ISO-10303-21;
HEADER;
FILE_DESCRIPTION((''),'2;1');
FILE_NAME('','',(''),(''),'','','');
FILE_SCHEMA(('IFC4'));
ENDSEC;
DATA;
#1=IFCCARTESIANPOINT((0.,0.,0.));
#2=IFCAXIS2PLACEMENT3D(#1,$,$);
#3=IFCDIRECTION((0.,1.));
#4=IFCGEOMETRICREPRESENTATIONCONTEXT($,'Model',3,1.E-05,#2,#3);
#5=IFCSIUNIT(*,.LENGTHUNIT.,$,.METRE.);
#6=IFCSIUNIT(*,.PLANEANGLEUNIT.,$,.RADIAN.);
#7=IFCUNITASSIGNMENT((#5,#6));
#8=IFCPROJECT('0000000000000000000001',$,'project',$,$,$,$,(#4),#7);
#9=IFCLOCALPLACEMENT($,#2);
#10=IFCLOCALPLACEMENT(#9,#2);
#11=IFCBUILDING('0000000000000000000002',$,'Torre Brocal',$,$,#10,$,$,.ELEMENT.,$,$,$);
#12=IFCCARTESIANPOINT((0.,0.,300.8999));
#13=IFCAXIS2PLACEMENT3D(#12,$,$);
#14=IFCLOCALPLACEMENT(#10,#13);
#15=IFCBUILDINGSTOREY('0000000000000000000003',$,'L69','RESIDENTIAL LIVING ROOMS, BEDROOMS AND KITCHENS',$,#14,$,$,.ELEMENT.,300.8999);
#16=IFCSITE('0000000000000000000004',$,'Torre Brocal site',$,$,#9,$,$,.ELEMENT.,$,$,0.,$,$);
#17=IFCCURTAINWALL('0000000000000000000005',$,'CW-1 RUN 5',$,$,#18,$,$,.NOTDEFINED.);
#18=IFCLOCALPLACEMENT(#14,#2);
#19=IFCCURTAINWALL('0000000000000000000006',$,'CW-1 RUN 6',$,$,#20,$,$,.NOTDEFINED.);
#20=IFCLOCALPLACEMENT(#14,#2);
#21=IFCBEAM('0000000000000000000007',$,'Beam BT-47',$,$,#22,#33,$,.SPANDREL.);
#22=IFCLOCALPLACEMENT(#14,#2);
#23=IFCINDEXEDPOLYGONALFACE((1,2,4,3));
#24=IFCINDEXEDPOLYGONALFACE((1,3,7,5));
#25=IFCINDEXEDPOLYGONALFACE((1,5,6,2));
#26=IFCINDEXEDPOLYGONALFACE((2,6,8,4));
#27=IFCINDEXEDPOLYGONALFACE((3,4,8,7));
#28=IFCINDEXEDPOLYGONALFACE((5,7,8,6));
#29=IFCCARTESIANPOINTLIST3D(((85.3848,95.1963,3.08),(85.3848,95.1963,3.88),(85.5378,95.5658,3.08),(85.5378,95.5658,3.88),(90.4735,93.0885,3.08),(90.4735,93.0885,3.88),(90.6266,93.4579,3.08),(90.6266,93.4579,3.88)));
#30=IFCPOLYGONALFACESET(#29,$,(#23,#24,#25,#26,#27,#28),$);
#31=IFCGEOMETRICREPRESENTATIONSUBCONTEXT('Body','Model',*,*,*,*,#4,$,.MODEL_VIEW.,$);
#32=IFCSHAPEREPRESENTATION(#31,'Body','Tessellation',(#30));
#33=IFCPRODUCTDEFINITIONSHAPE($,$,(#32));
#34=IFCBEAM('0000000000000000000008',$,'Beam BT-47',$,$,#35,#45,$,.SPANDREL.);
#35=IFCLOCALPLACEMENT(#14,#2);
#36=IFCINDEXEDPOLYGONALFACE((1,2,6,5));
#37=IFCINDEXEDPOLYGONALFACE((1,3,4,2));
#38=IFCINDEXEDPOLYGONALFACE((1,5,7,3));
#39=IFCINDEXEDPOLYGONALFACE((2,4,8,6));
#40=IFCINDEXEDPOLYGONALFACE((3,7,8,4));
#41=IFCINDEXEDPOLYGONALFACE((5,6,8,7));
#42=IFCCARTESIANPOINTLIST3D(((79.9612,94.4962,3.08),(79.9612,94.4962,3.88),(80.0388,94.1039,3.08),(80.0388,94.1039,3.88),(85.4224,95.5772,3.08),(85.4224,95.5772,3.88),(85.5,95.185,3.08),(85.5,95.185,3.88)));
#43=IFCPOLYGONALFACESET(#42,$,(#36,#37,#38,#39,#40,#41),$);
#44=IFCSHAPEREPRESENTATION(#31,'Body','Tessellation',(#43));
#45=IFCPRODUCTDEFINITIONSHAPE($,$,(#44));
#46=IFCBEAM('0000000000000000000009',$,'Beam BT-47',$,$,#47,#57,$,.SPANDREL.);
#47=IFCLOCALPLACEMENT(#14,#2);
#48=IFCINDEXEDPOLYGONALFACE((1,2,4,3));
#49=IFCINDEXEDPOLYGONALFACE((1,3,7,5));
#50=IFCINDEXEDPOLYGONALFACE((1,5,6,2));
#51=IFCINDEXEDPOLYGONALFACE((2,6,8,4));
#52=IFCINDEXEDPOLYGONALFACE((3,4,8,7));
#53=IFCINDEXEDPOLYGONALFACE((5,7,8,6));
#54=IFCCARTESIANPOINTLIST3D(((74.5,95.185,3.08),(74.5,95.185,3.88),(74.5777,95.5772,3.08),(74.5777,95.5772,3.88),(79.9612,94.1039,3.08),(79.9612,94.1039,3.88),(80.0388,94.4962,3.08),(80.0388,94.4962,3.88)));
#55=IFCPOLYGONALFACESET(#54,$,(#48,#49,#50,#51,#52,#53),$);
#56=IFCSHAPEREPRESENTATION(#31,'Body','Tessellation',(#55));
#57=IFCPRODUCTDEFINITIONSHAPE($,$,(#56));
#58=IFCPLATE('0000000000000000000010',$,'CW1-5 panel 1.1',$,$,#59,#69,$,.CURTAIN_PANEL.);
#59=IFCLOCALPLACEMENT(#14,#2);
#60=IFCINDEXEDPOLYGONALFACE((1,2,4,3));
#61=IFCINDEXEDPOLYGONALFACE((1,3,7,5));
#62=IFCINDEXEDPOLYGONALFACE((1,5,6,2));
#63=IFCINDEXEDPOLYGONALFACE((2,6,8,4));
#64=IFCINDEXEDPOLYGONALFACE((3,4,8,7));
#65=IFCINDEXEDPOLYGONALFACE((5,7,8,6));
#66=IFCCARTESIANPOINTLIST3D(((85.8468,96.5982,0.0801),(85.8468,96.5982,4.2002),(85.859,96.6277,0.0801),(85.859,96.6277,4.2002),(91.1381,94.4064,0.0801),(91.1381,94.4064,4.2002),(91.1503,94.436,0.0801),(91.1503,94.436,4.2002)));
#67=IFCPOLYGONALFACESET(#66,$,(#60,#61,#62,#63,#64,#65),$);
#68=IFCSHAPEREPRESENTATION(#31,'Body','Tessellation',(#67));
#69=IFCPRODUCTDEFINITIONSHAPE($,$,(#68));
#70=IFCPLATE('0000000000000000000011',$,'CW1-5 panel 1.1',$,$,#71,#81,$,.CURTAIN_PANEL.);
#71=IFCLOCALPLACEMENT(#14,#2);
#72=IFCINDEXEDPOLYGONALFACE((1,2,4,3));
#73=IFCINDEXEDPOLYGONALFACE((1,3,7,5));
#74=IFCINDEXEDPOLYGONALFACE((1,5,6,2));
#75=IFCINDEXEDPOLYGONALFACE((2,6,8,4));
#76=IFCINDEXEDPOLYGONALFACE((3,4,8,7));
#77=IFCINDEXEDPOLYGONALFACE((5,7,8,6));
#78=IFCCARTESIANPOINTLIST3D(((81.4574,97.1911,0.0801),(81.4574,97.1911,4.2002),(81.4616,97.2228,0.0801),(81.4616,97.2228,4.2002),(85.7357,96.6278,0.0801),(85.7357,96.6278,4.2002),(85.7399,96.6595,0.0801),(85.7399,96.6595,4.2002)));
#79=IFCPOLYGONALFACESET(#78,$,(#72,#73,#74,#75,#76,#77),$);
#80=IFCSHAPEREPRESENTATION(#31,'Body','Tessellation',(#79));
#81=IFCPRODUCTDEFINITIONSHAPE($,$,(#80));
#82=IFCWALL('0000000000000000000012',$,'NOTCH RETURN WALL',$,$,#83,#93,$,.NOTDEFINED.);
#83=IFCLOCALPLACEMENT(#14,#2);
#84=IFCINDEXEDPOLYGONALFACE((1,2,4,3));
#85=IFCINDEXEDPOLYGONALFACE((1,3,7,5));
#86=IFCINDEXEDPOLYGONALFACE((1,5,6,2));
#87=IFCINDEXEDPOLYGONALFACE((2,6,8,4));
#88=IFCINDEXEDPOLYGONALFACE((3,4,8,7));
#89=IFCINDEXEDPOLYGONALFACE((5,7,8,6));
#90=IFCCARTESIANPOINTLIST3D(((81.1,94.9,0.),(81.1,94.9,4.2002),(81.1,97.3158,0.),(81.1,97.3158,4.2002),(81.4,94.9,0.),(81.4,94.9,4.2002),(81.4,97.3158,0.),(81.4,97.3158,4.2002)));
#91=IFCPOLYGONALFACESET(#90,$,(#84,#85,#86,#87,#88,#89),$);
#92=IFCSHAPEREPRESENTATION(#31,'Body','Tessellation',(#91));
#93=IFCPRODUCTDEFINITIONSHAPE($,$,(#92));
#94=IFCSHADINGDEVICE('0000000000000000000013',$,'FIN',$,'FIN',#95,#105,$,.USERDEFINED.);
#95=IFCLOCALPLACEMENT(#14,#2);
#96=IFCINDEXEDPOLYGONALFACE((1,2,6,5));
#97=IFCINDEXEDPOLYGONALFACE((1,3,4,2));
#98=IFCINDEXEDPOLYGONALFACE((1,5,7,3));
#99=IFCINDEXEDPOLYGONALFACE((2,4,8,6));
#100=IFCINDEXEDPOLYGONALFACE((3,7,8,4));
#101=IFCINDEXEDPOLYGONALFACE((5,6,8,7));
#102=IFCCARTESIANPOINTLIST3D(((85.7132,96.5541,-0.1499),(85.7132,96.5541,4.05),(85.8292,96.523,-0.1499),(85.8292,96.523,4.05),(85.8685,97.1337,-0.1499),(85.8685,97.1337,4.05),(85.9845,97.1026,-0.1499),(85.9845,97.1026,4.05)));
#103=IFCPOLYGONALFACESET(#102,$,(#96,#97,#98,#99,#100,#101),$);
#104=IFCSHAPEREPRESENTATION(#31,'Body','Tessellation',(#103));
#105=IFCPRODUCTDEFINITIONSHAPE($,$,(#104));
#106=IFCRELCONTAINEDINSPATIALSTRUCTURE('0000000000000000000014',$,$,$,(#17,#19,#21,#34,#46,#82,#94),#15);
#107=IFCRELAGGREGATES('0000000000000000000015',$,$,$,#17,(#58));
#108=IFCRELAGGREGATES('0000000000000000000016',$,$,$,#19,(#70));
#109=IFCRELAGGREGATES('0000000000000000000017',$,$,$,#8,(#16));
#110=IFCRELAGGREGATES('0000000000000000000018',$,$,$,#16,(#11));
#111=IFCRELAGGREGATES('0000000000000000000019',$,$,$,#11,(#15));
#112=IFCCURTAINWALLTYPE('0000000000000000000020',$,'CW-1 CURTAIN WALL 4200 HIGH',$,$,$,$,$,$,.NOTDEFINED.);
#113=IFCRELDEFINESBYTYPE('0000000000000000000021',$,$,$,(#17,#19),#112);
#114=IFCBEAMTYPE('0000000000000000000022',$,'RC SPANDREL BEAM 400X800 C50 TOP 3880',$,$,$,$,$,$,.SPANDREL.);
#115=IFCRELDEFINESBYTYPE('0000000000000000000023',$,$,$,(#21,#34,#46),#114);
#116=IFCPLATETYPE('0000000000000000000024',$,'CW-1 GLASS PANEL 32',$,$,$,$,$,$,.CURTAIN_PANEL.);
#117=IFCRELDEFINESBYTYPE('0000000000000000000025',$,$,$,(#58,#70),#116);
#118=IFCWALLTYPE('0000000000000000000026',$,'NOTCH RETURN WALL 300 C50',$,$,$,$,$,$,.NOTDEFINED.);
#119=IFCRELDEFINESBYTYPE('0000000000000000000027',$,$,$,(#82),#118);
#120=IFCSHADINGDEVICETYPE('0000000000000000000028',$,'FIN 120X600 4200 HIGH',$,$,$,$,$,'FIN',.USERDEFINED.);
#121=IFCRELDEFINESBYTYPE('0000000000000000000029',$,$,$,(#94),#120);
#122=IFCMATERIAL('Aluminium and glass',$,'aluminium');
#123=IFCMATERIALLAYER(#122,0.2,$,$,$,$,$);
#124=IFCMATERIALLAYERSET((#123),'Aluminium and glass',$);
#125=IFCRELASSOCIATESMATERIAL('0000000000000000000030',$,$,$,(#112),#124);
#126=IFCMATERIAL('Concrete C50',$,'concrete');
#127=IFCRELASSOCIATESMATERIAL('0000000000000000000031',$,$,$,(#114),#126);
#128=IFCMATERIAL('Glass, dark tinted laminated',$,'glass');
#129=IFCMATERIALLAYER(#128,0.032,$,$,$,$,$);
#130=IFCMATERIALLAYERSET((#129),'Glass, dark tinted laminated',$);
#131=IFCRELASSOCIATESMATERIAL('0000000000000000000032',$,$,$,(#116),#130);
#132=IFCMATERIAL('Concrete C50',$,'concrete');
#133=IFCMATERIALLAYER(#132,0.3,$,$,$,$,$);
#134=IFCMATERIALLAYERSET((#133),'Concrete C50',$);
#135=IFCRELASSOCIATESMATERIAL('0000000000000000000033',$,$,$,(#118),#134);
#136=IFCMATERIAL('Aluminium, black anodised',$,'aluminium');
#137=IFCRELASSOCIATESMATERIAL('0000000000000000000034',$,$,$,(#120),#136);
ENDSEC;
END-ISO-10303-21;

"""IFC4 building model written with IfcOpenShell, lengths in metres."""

from ifc_helpers import new_model, si_unit, direction, frame, frame_2d, origin, origin_2d, place, context, subcontext, project, spatial, rectangle, extrude, material, layer, layer_set, material_profile, profile_set, type_object, element, aggregate, save


model = new_model("IFC4")

# Units and contexts
model_context = context("Model", 3, precision=1e-05, world=origin(), true_north=direction((0.0, 1.0)))
body_context = subcontext(model_context, "Body", "Model", "MODEL_VIEW")
ifc_project = project(units=[si_unit("LENGTHUNIT", "METRE"), si_unit("PLANEANGLEUNIT", "RADIAN")], contexts=[model_context])

# Site, building, storey
site_placement = place(None, origin())
site = spatial("IfcSite", under=ifc_project, at=site_placement, Name="Torre Brocal site", CompositionType="ELEMENT", RefElevation=0.0)
building_placement = place(site_placement, origin())
building = spatial("IfcBuilding", under=site, at=building_placement, Name="Torre Brocal", CompositionType="ELEMENT")
storey_placement = place(building_placement, frame((0.0, 0.0, 300.8999)))
storey = spatial("IfcBuildingStorey", under=building, at=storey_placement, Name="L69", Description="RESIDENTIAL LIVING ROOMS, BEDROOMS AND KITCHENS", CompositionType="ELEMENT", Elevation=300.8999)

# Curtain walls
ifc_material_1 = material(Name="Aluminium and glass", Category="aluminium")
ifc_layer_1 = layer(ifc_material_1, 0.2)
ifc_layer_set_1 = layer_set([ifc_layer_1], Name="Aluminium and glass")
curtain_wall_type = type_object("IfcCurtainWallType", Name="CW-1 CURTAIN WALL 4200 HIGH", PredefinedType="NOTDEFINED", material=ifc_layer_set_1)
curtain_wall_1_placement = place(storey_placement, origin())
curtain_wall_1 = element("IfcCurtainWall", 1, at=curtain_wall_1_placement, inside=storey, type_object=curtain_wall_type, Name="CW-1 RUN 5", PredefinedType="NOTDEFINED")
curtain_wall_2_placement = place(storey_placement, origin())
curtain_wall_2 = element("IfcCurtainWall", 2, at=curtain_wall_2_placement, inside=storey, type_object=curtain_wall_type, Name="CW-1 RUN 6", PredefinedType="NOTDEFINED")

# Beams
ifc_material_2 = material(Name="Concrete C50", Category="concrete")
ifc_material_profile_1 = material_profile(ifc_material_2, rectangle(XDim=0.3999, YDim=0.8, at=origin_2d()), Name="RC 400X800")
ifc_profile_set_1 = profile_set([ifc_material_profile_1], Name="Concrete C50")
beam_type_1 = type_object("IfcBeamType", Name="RC SPANDREL BEAM 400X800 C50 TOP 3880", PredefinedType="SPANDREL", material=ifc_profile_set_1)
beam_1_placement = place(storey_placement, frame((90.55, 93.2732, 3.48), z_axis=(-0.923877, 0.382688, 0.0), x_axis=(-0.382688, -0.923877, 0.0)))
element("IfcBeam", 3, at=beam_1_placement, inside=storey, type_object=beam_type_1, Name="Beam BT-47", PredefinedType="SPANDREL", context=body_context, shape_type="SweptSolid", body=[
    extrude(rectangle(XDim=0.3999, YDim=0.8, at=origin_2d()), origin(), (0.0, 0.0, 1.0), 5.5081),
])
for number, where, z_axis, x_axis, name in (
    (4, (85.4612, 95.3811, 3.48), (-0.980965, -0.194185, 0.0), (0.194185, -0.980965, 0.0), "Beam BT-47"),
    (5, (80.0, 94.3, 3.48), (-0.980965, 0.194185, 0.0), (-0.194185, -0.980965, 0.0), "Beam BT-47"),
):
    element("IfcBeam", number, at=place(storey_placement, frame(where, z_axis=z_axis, x_axis=x_axis)), inside=storey, type_object=beam_type_1, Name=name, PredefinedType="SPANDREL", context=body_context, shape_type="SweptSolid", body=[
        extrude(rectangle(XDim=0.3999, YDim=0.8, at=origin_2d()), origin(), (0.0, 0.0, 1.0), 5.5671),
    ])

# Plates
ifc_material_3 = material(Name="Glass, dark tinted laminated", Category="glass")
ifc_layer_2 = layer(ifc_material_3, 0.032)
ifc_layer_set_2 = layer_set([ifc_layer_2], Name="Glass, dark tinted laminated")
plate_type = type_object("IfcPlateType", Name="CW-1 GLASS PANEL 32", PredefinedType="CURTAIN_PANEL", material=ifc_layer_set_2)
plate_1_placement = place(storey_placement, frame((88.4985, 95.5171, 0.0801), z_axis=(0.0, 0.0, 1.0), x_axis=(-0.92388, 0.382683, 0.0)))
plate_1 = element("IfcPlate", 6, at=plate_1_placement, type_object=plate_type, Name="CW1-5 panel 1.1", PredefinedType="CURTAIN_PANEL", context=body_context, shape_type="SweptSolid", body=[
    extrude(rectangle(XDim=5.7273, YDim=0.032, at=origin_2d()), origin(), (0.0, 0.0, 1.0), 4.1201),
])
aggregate(curtain_wall_1, [plate_1])
plate_2_placement = place(storey_placement, frame((83.5986, 96.9253, 0.0801), z_axis=(0.0, 0.0, 1.0), x_axis=(-0.991445, 0.130526, 0.0)))
plate_2 = element("IfcPlate", 7, at=plate_2_placement, type_object=plate_type, Name="CW1-5 panel 1.1", PredefinedType="CURTAIN_PANEL", context=body_context, shape_type="SweptSolid", body=[
    extrude(rectangle(XDim=4.3152, YDim=0.032, at=origin_2d()), origin(), (0.0, 0.0, 1.0), 4.1201),
])
aggregate(curtain_wall_2, [plate_2])

# Wall
ifc_material_4 = material(Name="Concrete C50", Category="concrete")
ifc_layer_3 = layer(ifc_material_4, 0.3)
ifc_layer_set_3 = layer_set([ifc_layer_3], Name="Concrete C50")
wall_type = type_object("IfcWallType", Name="NOTCH RETURN WALL 300 C50", PredefinedType="NOTDEFINED", material=ifc_layer_set_3)
wall_placement = place(storey_placement, frame((81.25, 94.8999, 0.0), z_axis=(0.0, 0.0, 1.0), x_axis=(0.0, 1.0, 0.0)))
element("IfcWall", 8, at=wall_placement, inside=storey, type_object=wall_type, Name="NOTCH RETURN WALL", PredefinedType="NOTDEFINED", context=body_context, shape_type="SweptSolid", body=[
    extrude(rectangle(XDim=2.4158, YDim=0.3, at=frame_2d((1.208, 0.0))), origin(), (0.0, 0.0, 1.0), 4.2002),
])

# Shading device
ifc_material_5 = material(Name="Aluminium, black anodised", Category="aluminium")
ifc_material_profile_2 = material_profile(ifc_material_5, rectangle(XDim=0.1201, YDim=0.6001, at=origin_2d()), Name="FIN 120X600 4200 HIGH")
ifc_profile_set_2 = profile_set([ifc_material_profile_2], Name="Aluminium, black anodised")
shading_device_type = type_object("IfcShadingDeviceType", Name="FIN 120X600 4200 HIGH", ElementType="FIN", PredefinedType="USERDEFINED", material=ifc_profile_set_2)
shading_device_placement = place(storey_placement, frame((85.8489, 96.8284, -0.1499), z_axis=(0.0, 0.0, 1.0), x_axis=(-0.965926, 0.258819, 0.0)))
element("IfcShadingDevice", 9, at=shading_device_placement, inside=storey, type_object=shading_device_type, Name="FIN", ObjectType="FIN", PredefinedType="USERDEFINED", context=body_context, shape_type="SweptSolid", body=[
    extrude(rectangle(XDim=0.1201, YDim=0.6001, at=origin_2d()), origin(), (0.0, 0.0, 1.0), 4.2),
])

save(model, "model.ifc")
